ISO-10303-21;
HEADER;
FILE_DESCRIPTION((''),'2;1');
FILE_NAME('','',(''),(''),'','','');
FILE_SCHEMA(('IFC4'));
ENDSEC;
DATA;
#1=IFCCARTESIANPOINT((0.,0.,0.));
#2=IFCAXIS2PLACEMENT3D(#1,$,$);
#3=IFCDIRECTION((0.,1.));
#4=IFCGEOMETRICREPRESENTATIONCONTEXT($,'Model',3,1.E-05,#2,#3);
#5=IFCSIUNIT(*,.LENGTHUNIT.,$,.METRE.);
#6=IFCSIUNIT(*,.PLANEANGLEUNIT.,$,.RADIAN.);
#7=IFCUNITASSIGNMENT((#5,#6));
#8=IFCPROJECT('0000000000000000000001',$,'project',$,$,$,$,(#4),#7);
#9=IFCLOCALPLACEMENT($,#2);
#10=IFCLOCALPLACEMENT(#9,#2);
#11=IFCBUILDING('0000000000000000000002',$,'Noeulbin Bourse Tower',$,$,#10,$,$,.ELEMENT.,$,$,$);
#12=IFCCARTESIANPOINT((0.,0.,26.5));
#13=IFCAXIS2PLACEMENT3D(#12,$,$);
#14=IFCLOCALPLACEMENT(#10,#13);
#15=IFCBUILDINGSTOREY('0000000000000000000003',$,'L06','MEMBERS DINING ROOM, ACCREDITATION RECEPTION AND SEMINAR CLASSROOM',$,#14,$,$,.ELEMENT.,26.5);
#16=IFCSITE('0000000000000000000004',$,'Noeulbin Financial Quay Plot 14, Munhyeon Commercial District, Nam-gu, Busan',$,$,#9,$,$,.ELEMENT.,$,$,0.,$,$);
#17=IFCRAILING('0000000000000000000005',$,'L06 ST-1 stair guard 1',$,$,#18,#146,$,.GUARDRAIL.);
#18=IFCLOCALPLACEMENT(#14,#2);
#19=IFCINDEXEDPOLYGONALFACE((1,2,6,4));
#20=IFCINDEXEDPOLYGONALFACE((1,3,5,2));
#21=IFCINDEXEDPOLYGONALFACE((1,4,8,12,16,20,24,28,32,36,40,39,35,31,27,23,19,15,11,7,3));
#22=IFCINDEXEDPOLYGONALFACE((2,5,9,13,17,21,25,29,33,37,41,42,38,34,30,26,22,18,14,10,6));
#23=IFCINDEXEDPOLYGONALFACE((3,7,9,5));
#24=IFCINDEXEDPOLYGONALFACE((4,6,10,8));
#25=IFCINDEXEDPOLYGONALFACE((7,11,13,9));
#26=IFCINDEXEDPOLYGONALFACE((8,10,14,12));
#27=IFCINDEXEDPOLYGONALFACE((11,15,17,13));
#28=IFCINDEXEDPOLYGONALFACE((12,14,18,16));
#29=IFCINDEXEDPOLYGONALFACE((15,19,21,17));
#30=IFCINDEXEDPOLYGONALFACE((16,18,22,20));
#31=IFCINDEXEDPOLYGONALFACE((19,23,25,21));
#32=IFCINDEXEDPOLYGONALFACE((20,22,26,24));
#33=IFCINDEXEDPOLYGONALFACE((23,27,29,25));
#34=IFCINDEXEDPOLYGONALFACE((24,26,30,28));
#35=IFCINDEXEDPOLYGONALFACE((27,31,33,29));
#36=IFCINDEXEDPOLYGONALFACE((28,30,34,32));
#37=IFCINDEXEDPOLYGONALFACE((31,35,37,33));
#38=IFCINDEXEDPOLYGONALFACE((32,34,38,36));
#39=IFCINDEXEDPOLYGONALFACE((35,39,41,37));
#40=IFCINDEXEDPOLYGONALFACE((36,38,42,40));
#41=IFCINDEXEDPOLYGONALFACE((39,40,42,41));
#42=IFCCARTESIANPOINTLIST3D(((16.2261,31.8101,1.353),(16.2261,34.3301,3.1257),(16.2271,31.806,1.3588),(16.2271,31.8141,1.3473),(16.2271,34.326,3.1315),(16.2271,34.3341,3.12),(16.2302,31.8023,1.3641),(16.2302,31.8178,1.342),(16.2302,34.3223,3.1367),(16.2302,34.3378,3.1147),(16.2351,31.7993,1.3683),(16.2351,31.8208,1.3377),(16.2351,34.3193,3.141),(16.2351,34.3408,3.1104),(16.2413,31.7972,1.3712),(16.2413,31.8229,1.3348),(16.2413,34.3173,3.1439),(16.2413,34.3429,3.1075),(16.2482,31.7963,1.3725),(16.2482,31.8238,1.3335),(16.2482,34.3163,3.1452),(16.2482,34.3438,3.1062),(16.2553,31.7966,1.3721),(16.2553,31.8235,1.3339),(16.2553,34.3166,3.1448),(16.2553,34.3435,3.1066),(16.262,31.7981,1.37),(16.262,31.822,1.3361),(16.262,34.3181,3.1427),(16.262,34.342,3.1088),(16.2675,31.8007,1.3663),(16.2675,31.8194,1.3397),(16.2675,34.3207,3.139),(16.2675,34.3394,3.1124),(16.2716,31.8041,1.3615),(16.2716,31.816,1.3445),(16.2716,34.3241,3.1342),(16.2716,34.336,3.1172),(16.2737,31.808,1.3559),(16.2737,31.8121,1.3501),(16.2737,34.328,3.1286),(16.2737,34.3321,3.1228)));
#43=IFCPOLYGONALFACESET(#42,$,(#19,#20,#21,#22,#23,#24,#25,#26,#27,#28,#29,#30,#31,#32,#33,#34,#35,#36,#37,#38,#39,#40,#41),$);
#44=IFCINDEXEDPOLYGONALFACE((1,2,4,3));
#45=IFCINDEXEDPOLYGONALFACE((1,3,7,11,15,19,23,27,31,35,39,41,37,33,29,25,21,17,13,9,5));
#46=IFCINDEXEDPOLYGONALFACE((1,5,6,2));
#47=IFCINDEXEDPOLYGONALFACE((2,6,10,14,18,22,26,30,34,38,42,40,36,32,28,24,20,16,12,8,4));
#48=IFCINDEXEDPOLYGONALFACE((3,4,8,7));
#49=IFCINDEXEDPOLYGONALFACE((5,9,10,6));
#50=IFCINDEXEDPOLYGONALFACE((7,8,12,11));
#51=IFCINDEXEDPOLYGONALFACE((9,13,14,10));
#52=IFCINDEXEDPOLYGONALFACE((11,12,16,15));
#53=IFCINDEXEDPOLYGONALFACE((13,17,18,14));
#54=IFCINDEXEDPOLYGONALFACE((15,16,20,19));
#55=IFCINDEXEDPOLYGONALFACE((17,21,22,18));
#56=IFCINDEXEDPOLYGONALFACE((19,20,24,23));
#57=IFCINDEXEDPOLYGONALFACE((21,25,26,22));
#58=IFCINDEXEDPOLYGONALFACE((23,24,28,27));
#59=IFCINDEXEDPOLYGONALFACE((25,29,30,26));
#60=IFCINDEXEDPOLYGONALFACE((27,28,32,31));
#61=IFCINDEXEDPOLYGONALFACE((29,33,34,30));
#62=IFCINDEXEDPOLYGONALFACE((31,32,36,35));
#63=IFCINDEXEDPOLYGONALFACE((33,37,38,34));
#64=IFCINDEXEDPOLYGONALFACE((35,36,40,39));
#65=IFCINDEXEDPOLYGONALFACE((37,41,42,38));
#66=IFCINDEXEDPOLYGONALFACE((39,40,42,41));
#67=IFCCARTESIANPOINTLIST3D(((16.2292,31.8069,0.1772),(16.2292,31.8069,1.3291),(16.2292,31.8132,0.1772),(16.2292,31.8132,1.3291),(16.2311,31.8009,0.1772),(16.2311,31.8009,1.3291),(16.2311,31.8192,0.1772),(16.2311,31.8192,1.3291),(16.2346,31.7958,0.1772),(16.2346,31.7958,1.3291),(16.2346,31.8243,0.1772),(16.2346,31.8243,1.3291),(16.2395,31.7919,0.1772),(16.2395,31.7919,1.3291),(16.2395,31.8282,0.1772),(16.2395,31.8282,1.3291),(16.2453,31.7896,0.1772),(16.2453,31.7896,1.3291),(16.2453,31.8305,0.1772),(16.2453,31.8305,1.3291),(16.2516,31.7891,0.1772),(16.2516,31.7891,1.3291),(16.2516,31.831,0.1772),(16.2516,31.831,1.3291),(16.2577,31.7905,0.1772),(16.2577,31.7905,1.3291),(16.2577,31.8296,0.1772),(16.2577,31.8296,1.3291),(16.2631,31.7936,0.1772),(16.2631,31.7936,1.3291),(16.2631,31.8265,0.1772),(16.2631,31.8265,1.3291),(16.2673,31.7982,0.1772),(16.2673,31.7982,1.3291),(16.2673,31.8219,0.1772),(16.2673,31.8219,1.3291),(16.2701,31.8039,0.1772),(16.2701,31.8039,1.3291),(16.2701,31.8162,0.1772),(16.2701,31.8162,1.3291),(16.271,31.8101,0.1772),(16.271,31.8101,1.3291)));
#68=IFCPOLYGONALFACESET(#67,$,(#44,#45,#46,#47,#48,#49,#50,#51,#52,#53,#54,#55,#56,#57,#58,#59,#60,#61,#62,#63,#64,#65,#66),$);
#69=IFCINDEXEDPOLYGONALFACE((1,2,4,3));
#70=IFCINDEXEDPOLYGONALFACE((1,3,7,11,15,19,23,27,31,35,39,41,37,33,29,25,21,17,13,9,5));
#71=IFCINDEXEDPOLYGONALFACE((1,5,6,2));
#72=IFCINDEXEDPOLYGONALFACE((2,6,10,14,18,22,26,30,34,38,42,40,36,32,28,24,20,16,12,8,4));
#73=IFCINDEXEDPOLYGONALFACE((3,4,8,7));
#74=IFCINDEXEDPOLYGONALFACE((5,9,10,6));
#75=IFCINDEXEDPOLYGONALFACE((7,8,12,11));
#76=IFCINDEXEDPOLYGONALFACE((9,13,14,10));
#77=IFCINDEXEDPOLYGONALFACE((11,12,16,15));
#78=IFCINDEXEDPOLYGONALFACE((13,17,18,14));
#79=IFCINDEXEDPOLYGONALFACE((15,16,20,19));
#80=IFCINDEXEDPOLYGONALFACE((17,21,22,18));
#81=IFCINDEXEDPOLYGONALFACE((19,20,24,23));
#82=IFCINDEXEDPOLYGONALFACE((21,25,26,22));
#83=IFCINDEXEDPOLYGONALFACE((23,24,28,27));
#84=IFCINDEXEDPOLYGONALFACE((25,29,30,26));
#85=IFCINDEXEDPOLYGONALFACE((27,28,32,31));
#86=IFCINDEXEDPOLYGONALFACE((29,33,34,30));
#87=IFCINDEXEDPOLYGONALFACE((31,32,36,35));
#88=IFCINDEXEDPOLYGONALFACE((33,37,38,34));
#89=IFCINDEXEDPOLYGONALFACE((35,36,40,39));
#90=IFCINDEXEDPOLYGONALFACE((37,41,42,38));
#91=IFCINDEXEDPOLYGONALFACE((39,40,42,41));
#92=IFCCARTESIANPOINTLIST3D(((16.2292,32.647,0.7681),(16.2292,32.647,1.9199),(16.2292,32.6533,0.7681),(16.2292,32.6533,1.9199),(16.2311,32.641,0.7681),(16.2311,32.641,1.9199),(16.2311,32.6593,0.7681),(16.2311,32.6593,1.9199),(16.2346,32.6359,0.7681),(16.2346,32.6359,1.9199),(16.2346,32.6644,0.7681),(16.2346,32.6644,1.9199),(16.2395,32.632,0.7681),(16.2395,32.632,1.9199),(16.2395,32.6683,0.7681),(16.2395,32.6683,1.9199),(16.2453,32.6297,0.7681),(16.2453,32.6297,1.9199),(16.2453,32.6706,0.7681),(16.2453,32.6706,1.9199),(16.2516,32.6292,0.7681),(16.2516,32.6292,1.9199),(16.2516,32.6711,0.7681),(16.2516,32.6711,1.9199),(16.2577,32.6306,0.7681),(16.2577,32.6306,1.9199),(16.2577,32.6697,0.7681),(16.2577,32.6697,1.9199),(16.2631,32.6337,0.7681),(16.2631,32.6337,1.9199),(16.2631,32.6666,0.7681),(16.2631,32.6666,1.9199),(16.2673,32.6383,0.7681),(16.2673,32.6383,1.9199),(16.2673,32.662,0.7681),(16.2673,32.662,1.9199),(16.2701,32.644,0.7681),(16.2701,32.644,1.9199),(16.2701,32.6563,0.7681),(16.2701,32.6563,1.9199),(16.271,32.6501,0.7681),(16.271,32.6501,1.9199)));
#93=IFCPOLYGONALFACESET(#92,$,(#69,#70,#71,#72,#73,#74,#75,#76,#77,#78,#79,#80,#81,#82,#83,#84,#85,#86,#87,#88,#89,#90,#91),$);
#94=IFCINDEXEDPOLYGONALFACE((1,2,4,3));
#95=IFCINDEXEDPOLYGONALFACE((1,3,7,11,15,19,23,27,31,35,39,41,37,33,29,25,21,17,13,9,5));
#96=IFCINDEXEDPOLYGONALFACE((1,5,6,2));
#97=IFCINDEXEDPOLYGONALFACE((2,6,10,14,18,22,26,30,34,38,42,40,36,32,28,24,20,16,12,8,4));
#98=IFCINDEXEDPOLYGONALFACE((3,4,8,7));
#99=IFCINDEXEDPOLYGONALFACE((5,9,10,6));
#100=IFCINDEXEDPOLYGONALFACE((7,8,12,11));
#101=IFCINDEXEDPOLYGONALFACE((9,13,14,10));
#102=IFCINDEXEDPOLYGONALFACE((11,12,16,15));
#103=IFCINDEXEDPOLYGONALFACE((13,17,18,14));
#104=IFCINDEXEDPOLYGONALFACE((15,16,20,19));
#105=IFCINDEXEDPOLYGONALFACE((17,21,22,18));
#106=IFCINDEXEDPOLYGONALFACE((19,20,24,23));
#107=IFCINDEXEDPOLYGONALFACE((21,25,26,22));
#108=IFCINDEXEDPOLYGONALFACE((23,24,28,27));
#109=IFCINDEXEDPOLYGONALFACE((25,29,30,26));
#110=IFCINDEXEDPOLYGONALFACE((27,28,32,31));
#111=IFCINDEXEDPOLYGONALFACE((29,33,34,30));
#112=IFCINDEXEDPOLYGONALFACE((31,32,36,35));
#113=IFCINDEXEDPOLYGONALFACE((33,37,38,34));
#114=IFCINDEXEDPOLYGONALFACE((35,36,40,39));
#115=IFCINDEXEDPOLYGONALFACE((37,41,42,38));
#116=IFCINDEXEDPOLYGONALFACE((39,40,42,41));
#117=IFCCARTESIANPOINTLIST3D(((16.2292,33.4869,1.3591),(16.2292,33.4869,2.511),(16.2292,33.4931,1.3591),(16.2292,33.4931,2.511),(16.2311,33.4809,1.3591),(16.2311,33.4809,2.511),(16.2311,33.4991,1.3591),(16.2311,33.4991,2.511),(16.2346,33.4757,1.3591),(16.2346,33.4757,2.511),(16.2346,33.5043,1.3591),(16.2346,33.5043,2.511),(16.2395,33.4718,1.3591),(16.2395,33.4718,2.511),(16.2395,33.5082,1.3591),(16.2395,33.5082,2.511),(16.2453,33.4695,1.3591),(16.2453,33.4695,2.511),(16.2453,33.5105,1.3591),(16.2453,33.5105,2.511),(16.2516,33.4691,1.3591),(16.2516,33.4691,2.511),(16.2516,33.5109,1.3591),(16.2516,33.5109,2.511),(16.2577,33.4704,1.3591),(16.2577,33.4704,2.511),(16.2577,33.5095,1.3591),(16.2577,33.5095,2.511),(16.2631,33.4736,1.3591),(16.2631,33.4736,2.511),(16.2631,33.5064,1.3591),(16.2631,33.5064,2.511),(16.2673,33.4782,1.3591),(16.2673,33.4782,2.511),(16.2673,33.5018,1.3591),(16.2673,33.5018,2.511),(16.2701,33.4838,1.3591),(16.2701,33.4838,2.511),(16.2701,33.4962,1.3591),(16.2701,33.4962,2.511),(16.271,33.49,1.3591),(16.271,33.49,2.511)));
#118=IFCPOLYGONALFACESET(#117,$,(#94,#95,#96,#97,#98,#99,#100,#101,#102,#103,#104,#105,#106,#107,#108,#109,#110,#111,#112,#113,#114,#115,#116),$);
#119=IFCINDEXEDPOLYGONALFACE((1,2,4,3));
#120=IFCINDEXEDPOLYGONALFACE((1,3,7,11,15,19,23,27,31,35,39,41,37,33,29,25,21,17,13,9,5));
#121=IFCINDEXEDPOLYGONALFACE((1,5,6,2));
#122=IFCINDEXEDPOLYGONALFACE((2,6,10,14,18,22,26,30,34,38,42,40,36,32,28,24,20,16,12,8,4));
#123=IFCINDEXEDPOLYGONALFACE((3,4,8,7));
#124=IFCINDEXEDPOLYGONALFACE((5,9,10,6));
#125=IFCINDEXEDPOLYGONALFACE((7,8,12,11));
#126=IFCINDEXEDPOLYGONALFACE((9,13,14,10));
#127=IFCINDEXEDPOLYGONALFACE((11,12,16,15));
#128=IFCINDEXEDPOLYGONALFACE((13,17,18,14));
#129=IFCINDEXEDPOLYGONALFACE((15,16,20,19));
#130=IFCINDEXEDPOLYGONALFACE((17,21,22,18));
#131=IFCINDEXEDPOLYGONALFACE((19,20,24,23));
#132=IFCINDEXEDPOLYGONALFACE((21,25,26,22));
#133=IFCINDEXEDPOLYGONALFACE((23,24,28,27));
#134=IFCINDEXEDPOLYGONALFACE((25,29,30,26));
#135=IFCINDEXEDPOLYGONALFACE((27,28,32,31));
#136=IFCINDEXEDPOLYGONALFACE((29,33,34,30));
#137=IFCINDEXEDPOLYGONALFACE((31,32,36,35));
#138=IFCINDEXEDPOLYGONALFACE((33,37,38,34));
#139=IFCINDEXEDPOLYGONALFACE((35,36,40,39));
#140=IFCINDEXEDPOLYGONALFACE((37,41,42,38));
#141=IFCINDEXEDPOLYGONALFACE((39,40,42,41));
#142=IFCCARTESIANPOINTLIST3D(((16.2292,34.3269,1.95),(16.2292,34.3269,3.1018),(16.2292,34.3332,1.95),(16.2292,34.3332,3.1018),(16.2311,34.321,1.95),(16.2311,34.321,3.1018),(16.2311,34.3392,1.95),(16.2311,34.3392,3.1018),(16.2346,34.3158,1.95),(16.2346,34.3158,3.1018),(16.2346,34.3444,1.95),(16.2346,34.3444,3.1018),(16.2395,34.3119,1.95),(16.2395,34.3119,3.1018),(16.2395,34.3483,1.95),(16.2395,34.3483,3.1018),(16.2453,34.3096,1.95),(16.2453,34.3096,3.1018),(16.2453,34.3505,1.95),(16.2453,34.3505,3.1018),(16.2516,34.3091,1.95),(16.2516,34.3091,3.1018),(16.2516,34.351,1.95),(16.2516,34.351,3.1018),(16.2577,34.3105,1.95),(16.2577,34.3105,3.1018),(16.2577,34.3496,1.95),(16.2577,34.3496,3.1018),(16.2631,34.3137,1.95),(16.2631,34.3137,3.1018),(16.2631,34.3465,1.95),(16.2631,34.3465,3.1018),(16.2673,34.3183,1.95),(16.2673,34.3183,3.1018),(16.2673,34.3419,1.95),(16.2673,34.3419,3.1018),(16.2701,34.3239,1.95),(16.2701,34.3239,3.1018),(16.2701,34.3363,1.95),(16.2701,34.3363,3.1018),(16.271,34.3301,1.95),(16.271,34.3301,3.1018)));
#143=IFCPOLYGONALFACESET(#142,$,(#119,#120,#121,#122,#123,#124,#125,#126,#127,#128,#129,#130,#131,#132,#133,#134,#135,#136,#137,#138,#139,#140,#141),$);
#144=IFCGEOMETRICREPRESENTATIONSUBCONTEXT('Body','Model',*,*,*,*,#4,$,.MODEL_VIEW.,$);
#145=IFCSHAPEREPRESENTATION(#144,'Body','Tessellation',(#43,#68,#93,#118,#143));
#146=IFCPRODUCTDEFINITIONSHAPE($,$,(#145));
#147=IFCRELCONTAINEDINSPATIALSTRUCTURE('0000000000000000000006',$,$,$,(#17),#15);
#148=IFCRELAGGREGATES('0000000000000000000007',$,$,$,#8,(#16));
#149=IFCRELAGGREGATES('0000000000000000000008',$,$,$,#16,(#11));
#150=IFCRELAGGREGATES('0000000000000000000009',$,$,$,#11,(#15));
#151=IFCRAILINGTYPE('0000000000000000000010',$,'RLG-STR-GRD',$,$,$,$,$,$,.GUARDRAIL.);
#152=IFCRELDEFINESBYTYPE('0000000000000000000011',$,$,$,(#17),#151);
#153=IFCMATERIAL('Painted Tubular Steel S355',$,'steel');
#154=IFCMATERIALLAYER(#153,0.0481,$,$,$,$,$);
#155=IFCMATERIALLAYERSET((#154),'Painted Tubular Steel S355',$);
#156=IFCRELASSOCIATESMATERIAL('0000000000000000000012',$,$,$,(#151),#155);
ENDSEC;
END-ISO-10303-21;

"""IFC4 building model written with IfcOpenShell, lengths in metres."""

from ifc_helpers import new_model, si_unit, direction, frame, origin, origin_2d, place, context, subcontext, project, spatial, circle, extrude, material, layer, layer_set, type_object, element, save


model = new_model("IFC4")

# Units and contexts
model_context = context("Model", 3, precision=1e-05, world=origin(), true_north=direction((0.0, 1.0)))
body_context = subcontext(model_context, "Body", "Model", "MODEL_VIEW")
ifc_project = project(units=[si_unit("LENGTHUNIT", "METRE"), si_unit("PLANEANGLEUNIT", "RADIAN")], contexts=[model_context])

# Site, building, storey
site_placement = place(None, origin())
site = spatial("IfcSite", under=ifc_project, at=site_placement, Name="Noeulbin Financial Quay Plot 14, Munhyeon Commercial District, Nam-gu, Busan", CompositionType="ELEMENT", RefElevation=0.0)
building_placement = place(site_placement, origin())
building = spatial("IfcBuilding", under=site, at=building_placement, Name="Noeulbin Bourse Tower", CompositionType="ELEMENT")
storey_placement = place(building_placement, frame((0.0, 0.0, 26.5)))
storey = spatial("IfcBuildingStorey", under=building, at=storey_placement, Name="L06", Description="MEMBERS DINING ROOM, ACCREDITATION RECEPTION AND SEMINAR CLASSROOM", CompositionType="ELEMENT", Elevation=26.5)

# Railing
ifc_material_1 = material(Name="Painted Tubular Steel S355", Category="steel")
ifc_layer_1 = layer(ifc_material_1, 0.0481)
ifc_layer_set_1 = layer_set([ifc_layer_1], Name="Painted Tubular Steel S355")
railing_type_1 = type_object("IfcRailingType", Name="RLG-STR-GRD", PredefinedType="GUARDRAIL", material=ifc_layer_set_1)
railing_1_placement = place(storey_placement, frame((16.25, 31.8101, 0.1772)))
element("IfcRailing", 1, at=railing_1_placement, inside=storey, type_object=railing_type_1, Name="L06 ST-1 stair guard 1", PredefinedType="GUARDRAIL", context=body_context, shape_type="SweptSolid", body=[
    extrude(circle(Radius=0.0239, at=origin_2d()), frame((0.0, 0.0, 1.1758), z_axis=(0.0, 0.817904, 0.575354), x_axis=(-1.0, 0.0, 0.0)), (0.0, 0.0, 1.0), 3.0811),
    extrude(circle(Radius=0.021, at=origin_2d()), origin(), (0.0, 0.0, 1.0), 1.1519),
    extrude(circle(Radius=0.021, at=origin_2d()), frame((0.0, 0.8401, 0.5908)), (0.0, 0.0, 1.0), 1.1519),
    extrude(circle(Radius=0.021, at=origin_2d()), frame((0.0, 1.6799, 1.1819)), (0.0, 0.0, 1.0), 1.1519),
    extrude(circle(Radius=0.021, at=origin_2d()), frame((0.0, 2.52, 1.7727)), (0.0, 0.0, 1.0), 1.1519),
])

save(model, "model.ifc")
